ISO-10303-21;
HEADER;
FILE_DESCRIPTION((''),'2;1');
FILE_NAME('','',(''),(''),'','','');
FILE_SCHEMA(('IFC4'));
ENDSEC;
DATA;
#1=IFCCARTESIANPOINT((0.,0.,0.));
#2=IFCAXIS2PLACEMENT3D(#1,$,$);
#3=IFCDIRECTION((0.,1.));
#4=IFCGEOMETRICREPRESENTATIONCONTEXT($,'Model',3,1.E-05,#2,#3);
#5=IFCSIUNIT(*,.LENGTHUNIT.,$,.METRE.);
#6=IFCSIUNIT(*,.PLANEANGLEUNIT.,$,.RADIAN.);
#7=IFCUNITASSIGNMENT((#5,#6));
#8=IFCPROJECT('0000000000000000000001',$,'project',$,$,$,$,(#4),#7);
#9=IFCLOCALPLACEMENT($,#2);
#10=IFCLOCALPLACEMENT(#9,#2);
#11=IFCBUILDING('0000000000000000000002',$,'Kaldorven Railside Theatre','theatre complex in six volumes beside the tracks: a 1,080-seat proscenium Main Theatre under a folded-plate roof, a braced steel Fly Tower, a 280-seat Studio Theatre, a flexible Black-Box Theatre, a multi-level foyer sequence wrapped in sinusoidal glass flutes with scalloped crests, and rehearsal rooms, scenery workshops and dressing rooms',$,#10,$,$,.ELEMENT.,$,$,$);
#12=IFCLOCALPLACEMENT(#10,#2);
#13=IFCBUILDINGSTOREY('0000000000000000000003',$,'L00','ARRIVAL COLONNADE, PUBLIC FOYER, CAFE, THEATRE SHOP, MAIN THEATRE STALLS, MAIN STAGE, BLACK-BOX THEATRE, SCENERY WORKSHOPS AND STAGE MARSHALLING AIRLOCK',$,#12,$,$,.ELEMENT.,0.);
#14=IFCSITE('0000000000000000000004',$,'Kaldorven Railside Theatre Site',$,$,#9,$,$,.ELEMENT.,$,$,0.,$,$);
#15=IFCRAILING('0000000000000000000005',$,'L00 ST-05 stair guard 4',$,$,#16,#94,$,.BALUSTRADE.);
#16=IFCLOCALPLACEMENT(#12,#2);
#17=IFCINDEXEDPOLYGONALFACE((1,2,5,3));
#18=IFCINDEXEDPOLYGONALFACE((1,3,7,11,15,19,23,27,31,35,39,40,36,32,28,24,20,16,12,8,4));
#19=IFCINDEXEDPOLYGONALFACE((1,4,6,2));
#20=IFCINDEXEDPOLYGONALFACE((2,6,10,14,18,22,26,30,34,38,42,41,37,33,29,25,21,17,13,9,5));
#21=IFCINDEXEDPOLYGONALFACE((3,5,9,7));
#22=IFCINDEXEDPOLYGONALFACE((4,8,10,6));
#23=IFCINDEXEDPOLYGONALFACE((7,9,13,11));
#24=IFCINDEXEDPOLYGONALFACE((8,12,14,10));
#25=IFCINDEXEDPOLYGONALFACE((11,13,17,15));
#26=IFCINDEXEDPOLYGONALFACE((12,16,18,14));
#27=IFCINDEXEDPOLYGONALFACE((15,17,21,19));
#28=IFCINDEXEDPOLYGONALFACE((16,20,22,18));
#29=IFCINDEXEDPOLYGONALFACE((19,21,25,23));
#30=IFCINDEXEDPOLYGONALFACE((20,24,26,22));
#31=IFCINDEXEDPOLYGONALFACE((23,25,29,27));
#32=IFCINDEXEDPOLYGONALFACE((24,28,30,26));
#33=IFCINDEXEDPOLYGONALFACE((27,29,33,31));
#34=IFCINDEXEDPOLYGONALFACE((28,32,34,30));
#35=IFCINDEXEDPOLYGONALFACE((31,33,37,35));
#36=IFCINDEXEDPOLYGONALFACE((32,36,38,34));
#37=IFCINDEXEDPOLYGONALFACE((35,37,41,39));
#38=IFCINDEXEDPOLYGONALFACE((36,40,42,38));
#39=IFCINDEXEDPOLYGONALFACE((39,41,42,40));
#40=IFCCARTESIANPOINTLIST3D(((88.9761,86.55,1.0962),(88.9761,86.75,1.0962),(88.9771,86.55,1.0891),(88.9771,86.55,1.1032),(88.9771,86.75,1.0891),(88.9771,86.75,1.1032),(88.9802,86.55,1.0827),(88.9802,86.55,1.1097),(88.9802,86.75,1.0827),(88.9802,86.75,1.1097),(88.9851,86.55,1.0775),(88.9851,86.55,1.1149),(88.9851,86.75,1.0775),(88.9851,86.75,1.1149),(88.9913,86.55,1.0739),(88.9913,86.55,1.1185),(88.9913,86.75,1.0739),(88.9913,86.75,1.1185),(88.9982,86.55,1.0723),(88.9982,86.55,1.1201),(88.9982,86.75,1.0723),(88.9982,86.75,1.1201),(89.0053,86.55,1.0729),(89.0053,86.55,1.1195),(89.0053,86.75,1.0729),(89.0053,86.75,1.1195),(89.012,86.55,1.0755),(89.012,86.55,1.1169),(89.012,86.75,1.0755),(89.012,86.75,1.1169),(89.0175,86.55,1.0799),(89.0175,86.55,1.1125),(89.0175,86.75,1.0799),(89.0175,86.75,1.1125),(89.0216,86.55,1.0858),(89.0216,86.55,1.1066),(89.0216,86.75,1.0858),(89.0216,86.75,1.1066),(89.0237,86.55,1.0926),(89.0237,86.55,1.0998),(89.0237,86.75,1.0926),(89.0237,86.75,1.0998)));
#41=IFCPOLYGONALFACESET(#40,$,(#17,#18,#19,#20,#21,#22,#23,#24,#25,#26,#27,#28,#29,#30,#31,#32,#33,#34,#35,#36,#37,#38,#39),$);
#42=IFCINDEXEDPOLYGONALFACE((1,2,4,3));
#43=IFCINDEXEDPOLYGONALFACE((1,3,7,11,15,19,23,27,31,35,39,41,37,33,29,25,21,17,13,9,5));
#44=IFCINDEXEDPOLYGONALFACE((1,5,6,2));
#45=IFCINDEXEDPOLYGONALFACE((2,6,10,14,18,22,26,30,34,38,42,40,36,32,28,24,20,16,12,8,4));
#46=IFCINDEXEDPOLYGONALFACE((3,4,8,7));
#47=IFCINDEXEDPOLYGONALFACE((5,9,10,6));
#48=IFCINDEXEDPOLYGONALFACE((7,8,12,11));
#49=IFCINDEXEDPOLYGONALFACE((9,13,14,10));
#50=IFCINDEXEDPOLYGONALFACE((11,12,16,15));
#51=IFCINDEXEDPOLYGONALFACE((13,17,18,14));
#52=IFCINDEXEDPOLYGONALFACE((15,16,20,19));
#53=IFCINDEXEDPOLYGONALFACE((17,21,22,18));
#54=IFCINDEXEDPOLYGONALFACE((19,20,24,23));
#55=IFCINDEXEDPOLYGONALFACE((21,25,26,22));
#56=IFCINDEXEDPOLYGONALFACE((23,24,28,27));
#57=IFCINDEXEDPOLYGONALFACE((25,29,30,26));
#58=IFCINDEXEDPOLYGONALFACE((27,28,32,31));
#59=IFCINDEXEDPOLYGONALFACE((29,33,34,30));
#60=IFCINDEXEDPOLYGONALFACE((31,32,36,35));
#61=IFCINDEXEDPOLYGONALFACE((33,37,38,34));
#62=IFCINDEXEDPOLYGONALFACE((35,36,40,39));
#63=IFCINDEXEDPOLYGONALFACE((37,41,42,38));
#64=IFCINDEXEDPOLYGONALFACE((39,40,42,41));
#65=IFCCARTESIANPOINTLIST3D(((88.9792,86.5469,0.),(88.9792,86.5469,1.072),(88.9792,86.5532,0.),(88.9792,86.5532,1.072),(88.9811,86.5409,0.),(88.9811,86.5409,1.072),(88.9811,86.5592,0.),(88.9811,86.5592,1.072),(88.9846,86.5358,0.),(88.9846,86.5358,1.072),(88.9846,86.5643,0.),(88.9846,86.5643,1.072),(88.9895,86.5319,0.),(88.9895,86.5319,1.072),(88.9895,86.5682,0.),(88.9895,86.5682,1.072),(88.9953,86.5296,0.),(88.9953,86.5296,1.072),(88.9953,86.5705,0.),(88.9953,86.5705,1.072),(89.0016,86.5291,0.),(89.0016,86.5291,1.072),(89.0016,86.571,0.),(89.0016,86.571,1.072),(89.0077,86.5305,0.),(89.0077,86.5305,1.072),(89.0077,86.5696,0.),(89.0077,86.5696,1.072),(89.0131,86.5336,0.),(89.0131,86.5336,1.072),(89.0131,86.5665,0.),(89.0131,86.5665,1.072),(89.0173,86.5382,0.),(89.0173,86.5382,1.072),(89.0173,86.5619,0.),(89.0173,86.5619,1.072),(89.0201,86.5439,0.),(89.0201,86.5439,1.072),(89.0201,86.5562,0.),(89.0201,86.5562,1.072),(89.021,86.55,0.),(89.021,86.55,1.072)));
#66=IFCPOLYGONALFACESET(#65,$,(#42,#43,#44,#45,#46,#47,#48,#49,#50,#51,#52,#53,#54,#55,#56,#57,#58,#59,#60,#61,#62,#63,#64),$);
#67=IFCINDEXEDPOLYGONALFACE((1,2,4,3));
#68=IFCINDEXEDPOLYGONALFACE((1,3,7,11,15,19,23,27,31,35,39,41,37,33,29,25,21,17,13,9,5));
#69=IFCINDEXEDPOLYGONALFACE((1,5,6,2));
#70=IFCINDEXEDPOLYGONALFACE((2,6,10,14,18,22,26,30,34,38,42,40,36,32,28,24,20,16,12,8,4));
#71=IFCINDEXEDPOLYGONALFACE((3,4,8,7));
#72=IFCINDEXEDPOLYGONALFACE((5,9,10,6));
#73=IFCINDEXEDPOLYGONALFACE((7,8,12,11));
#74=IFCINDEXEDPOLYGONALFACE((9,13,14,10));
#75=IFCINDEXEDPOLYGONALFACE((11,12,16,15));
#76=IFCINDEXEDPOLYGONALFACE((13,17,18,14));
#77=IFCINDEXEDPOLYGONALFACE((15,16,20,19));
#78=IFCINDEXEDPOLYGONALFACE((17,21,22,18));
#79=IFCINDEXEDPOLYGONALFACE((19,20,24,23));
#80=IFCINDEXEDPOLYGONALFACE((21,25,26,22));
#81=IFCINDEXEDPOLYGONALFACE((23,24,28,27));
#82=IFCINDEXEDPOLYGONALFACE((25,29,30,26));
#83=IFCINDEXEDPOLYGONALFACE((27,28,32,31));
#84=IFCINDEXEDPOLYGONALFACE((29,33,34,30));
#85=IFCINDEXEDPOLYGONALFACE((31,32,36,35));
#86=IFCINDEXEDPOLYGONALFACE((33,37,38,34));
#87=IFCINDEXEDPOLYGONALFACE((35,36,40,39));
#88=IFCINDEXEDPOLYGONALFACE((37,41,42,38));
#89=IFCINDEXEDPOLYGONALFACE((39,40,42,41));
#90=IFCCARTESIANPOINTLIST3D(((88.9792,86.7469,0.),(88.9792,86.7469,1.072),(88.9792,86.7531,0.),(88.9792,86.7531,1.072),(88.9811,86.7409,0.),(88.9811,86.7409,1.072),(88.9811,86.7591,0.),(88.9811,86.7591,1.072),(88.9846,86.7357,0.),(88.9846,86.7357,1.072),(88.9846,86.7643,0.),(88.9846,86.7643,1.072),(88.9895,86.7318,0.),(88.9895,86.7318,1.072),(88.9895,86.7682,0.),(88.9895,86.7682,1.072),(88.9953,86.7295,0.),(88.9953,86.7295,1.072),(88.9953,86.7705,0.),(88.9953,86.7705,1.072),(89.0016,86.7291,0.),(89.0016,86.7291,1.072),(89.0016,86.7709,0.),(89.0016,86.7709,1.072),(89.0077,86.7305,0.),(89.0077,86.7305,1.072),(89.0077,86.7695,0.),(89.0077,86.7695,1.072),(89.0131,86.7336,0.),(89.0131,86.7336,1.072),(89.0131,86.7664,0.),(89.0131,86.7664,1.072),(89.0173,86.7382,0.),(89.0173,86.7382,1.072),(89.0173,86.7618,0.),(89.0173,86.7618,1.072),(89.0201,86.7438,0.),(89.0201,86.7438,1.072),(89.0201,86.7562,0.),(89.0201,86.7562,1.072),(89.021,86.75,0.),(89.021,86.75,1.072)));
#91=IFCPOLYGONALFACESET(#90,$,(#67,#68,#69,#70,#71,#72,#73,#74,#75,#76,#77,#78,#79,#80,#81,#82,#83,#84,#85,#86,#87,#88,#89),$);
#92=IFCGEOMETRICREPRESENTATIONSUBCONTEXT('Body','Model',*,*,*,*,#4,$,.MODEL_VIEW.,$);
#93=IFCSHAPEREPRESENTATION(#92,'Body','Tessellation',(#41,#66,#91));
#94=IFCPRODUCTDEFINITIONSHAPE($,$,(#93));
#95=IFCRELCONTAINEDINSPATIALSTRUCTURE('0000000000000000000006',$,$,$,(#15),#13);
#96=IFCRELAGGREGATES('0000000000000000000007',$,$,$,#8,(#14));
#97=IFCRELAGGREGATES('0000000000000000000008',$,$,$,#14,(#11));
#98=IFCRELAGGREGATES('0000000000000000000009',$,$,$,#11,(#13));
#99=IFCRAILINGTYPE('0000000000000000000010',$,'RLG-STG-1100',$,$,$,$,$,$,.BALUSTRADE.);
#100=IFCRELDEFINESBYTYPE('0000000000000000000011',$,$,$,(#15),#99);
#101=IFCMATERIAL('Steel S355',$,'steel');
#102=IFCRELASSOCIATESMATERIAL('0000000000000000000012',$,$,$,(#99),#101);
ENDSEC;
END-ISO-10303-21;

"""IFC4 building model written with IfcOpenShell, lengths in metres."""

from ifc_helpers import new_model, si_unit, direction, frame, origin, origin_2d, place, context, subcontext, project, spatial, circle, extrude, material, type_object, element, save


model = new_model("IFC4")

# Units and contexts
model_context = context("Model", 3, precision=1e-05, world=origin(), true_north=direction((0.0, 1.0)))
body_context = subcontext(model_context, "Body", "Model", "MODEL_VIEW")
ifc_project = project(units=[si_unit("LENGTHUNIT", "METRE"), si_unit("PLANEANGLEUNIT", "RADIAN")], contexts=[model_context])

# Site, building, storey
site_placement = place(None, origin())
site = spatial("IfcSite", under=ifc_project, at=site_placement, Name="Kaldorven Railside Theatre Site", CompositionType="ELEMENT", RefElevation=0.0)
building_placement = place(site_placement, origin())
building = spatial("IfcBuilding", under=site, at=building_placement, Name="Kaldorven Railside Theatre", Description="theatre complex in six volumes beside the tracks: a 1,080-seat proscenium Main Theatre under a folded-plate roof, a braced steel Fly Tower, a 280-seat Studio Theatre, a flexible Black-Box Theatre, a multi-level foyer sequence wrapped in sinusoidal glass flutes with scalloped crests, and rehearsal rooms, scenery workshops and dressing rooms", CompositionType="ELEMENT")
storey_placement = place(building_placement, origin())
storey = spatial("IfcBuildingStorey", under=building, at=storey_placement, Name="L00", Description="ARRIVAL COLONNADE, PUBLIC FOYER, CAFE, THEATRE SHOP, MAIN THEATRE STALLS, MAIN STAGE, BLACK-BOX THEATRE, SCENERY WORKSHOPS AND STAGE MARSHALLING AIRLOCK", CompositionType="ELEMENT", Elevation=0.0)

# Shared definitions
ifc_material_1 = material(Name="Steel S355", Category="steel")

# Railing
railing_type_1 = type_object("IfcRailingType", Name="RLG-STG-1100", PredefinedType="BALUSTRADE", material=ifc_material_1)
railing_1_placement = place(storey_placement, frame((89.0, 86.55, 0.0)))
element("IfcRailing", 1, at=railing_1_placement, inside=storey, type_object=railing_type_1, Name="L00 ST-05 stair guard 4", PredefinedType="BALUSTRADE", context=body_context, shape_type="SweptSolid", body=[
    extrude(circle(Radius=0.0239, at=origin_2d()), frame((0.0, 0.0, 1.0962), z_axis=(0.0, 1.0, 0.0), x_axis=(-1.0, 0.0, 0.0)), (0.0, 0.0, 1.0), 0.2),
    extrude(circle(Radius=0.021, at=origin_2d()), origin(), (0.0, 0.0, 1.0), 1.072),
    extrude(circle(Radius=0.021, at=origin_2d()), frame((0.0, 0.2, 0.0)), (0.0, 0.0, 1.0), 1.072),
])

save(model, "model.ifc")
